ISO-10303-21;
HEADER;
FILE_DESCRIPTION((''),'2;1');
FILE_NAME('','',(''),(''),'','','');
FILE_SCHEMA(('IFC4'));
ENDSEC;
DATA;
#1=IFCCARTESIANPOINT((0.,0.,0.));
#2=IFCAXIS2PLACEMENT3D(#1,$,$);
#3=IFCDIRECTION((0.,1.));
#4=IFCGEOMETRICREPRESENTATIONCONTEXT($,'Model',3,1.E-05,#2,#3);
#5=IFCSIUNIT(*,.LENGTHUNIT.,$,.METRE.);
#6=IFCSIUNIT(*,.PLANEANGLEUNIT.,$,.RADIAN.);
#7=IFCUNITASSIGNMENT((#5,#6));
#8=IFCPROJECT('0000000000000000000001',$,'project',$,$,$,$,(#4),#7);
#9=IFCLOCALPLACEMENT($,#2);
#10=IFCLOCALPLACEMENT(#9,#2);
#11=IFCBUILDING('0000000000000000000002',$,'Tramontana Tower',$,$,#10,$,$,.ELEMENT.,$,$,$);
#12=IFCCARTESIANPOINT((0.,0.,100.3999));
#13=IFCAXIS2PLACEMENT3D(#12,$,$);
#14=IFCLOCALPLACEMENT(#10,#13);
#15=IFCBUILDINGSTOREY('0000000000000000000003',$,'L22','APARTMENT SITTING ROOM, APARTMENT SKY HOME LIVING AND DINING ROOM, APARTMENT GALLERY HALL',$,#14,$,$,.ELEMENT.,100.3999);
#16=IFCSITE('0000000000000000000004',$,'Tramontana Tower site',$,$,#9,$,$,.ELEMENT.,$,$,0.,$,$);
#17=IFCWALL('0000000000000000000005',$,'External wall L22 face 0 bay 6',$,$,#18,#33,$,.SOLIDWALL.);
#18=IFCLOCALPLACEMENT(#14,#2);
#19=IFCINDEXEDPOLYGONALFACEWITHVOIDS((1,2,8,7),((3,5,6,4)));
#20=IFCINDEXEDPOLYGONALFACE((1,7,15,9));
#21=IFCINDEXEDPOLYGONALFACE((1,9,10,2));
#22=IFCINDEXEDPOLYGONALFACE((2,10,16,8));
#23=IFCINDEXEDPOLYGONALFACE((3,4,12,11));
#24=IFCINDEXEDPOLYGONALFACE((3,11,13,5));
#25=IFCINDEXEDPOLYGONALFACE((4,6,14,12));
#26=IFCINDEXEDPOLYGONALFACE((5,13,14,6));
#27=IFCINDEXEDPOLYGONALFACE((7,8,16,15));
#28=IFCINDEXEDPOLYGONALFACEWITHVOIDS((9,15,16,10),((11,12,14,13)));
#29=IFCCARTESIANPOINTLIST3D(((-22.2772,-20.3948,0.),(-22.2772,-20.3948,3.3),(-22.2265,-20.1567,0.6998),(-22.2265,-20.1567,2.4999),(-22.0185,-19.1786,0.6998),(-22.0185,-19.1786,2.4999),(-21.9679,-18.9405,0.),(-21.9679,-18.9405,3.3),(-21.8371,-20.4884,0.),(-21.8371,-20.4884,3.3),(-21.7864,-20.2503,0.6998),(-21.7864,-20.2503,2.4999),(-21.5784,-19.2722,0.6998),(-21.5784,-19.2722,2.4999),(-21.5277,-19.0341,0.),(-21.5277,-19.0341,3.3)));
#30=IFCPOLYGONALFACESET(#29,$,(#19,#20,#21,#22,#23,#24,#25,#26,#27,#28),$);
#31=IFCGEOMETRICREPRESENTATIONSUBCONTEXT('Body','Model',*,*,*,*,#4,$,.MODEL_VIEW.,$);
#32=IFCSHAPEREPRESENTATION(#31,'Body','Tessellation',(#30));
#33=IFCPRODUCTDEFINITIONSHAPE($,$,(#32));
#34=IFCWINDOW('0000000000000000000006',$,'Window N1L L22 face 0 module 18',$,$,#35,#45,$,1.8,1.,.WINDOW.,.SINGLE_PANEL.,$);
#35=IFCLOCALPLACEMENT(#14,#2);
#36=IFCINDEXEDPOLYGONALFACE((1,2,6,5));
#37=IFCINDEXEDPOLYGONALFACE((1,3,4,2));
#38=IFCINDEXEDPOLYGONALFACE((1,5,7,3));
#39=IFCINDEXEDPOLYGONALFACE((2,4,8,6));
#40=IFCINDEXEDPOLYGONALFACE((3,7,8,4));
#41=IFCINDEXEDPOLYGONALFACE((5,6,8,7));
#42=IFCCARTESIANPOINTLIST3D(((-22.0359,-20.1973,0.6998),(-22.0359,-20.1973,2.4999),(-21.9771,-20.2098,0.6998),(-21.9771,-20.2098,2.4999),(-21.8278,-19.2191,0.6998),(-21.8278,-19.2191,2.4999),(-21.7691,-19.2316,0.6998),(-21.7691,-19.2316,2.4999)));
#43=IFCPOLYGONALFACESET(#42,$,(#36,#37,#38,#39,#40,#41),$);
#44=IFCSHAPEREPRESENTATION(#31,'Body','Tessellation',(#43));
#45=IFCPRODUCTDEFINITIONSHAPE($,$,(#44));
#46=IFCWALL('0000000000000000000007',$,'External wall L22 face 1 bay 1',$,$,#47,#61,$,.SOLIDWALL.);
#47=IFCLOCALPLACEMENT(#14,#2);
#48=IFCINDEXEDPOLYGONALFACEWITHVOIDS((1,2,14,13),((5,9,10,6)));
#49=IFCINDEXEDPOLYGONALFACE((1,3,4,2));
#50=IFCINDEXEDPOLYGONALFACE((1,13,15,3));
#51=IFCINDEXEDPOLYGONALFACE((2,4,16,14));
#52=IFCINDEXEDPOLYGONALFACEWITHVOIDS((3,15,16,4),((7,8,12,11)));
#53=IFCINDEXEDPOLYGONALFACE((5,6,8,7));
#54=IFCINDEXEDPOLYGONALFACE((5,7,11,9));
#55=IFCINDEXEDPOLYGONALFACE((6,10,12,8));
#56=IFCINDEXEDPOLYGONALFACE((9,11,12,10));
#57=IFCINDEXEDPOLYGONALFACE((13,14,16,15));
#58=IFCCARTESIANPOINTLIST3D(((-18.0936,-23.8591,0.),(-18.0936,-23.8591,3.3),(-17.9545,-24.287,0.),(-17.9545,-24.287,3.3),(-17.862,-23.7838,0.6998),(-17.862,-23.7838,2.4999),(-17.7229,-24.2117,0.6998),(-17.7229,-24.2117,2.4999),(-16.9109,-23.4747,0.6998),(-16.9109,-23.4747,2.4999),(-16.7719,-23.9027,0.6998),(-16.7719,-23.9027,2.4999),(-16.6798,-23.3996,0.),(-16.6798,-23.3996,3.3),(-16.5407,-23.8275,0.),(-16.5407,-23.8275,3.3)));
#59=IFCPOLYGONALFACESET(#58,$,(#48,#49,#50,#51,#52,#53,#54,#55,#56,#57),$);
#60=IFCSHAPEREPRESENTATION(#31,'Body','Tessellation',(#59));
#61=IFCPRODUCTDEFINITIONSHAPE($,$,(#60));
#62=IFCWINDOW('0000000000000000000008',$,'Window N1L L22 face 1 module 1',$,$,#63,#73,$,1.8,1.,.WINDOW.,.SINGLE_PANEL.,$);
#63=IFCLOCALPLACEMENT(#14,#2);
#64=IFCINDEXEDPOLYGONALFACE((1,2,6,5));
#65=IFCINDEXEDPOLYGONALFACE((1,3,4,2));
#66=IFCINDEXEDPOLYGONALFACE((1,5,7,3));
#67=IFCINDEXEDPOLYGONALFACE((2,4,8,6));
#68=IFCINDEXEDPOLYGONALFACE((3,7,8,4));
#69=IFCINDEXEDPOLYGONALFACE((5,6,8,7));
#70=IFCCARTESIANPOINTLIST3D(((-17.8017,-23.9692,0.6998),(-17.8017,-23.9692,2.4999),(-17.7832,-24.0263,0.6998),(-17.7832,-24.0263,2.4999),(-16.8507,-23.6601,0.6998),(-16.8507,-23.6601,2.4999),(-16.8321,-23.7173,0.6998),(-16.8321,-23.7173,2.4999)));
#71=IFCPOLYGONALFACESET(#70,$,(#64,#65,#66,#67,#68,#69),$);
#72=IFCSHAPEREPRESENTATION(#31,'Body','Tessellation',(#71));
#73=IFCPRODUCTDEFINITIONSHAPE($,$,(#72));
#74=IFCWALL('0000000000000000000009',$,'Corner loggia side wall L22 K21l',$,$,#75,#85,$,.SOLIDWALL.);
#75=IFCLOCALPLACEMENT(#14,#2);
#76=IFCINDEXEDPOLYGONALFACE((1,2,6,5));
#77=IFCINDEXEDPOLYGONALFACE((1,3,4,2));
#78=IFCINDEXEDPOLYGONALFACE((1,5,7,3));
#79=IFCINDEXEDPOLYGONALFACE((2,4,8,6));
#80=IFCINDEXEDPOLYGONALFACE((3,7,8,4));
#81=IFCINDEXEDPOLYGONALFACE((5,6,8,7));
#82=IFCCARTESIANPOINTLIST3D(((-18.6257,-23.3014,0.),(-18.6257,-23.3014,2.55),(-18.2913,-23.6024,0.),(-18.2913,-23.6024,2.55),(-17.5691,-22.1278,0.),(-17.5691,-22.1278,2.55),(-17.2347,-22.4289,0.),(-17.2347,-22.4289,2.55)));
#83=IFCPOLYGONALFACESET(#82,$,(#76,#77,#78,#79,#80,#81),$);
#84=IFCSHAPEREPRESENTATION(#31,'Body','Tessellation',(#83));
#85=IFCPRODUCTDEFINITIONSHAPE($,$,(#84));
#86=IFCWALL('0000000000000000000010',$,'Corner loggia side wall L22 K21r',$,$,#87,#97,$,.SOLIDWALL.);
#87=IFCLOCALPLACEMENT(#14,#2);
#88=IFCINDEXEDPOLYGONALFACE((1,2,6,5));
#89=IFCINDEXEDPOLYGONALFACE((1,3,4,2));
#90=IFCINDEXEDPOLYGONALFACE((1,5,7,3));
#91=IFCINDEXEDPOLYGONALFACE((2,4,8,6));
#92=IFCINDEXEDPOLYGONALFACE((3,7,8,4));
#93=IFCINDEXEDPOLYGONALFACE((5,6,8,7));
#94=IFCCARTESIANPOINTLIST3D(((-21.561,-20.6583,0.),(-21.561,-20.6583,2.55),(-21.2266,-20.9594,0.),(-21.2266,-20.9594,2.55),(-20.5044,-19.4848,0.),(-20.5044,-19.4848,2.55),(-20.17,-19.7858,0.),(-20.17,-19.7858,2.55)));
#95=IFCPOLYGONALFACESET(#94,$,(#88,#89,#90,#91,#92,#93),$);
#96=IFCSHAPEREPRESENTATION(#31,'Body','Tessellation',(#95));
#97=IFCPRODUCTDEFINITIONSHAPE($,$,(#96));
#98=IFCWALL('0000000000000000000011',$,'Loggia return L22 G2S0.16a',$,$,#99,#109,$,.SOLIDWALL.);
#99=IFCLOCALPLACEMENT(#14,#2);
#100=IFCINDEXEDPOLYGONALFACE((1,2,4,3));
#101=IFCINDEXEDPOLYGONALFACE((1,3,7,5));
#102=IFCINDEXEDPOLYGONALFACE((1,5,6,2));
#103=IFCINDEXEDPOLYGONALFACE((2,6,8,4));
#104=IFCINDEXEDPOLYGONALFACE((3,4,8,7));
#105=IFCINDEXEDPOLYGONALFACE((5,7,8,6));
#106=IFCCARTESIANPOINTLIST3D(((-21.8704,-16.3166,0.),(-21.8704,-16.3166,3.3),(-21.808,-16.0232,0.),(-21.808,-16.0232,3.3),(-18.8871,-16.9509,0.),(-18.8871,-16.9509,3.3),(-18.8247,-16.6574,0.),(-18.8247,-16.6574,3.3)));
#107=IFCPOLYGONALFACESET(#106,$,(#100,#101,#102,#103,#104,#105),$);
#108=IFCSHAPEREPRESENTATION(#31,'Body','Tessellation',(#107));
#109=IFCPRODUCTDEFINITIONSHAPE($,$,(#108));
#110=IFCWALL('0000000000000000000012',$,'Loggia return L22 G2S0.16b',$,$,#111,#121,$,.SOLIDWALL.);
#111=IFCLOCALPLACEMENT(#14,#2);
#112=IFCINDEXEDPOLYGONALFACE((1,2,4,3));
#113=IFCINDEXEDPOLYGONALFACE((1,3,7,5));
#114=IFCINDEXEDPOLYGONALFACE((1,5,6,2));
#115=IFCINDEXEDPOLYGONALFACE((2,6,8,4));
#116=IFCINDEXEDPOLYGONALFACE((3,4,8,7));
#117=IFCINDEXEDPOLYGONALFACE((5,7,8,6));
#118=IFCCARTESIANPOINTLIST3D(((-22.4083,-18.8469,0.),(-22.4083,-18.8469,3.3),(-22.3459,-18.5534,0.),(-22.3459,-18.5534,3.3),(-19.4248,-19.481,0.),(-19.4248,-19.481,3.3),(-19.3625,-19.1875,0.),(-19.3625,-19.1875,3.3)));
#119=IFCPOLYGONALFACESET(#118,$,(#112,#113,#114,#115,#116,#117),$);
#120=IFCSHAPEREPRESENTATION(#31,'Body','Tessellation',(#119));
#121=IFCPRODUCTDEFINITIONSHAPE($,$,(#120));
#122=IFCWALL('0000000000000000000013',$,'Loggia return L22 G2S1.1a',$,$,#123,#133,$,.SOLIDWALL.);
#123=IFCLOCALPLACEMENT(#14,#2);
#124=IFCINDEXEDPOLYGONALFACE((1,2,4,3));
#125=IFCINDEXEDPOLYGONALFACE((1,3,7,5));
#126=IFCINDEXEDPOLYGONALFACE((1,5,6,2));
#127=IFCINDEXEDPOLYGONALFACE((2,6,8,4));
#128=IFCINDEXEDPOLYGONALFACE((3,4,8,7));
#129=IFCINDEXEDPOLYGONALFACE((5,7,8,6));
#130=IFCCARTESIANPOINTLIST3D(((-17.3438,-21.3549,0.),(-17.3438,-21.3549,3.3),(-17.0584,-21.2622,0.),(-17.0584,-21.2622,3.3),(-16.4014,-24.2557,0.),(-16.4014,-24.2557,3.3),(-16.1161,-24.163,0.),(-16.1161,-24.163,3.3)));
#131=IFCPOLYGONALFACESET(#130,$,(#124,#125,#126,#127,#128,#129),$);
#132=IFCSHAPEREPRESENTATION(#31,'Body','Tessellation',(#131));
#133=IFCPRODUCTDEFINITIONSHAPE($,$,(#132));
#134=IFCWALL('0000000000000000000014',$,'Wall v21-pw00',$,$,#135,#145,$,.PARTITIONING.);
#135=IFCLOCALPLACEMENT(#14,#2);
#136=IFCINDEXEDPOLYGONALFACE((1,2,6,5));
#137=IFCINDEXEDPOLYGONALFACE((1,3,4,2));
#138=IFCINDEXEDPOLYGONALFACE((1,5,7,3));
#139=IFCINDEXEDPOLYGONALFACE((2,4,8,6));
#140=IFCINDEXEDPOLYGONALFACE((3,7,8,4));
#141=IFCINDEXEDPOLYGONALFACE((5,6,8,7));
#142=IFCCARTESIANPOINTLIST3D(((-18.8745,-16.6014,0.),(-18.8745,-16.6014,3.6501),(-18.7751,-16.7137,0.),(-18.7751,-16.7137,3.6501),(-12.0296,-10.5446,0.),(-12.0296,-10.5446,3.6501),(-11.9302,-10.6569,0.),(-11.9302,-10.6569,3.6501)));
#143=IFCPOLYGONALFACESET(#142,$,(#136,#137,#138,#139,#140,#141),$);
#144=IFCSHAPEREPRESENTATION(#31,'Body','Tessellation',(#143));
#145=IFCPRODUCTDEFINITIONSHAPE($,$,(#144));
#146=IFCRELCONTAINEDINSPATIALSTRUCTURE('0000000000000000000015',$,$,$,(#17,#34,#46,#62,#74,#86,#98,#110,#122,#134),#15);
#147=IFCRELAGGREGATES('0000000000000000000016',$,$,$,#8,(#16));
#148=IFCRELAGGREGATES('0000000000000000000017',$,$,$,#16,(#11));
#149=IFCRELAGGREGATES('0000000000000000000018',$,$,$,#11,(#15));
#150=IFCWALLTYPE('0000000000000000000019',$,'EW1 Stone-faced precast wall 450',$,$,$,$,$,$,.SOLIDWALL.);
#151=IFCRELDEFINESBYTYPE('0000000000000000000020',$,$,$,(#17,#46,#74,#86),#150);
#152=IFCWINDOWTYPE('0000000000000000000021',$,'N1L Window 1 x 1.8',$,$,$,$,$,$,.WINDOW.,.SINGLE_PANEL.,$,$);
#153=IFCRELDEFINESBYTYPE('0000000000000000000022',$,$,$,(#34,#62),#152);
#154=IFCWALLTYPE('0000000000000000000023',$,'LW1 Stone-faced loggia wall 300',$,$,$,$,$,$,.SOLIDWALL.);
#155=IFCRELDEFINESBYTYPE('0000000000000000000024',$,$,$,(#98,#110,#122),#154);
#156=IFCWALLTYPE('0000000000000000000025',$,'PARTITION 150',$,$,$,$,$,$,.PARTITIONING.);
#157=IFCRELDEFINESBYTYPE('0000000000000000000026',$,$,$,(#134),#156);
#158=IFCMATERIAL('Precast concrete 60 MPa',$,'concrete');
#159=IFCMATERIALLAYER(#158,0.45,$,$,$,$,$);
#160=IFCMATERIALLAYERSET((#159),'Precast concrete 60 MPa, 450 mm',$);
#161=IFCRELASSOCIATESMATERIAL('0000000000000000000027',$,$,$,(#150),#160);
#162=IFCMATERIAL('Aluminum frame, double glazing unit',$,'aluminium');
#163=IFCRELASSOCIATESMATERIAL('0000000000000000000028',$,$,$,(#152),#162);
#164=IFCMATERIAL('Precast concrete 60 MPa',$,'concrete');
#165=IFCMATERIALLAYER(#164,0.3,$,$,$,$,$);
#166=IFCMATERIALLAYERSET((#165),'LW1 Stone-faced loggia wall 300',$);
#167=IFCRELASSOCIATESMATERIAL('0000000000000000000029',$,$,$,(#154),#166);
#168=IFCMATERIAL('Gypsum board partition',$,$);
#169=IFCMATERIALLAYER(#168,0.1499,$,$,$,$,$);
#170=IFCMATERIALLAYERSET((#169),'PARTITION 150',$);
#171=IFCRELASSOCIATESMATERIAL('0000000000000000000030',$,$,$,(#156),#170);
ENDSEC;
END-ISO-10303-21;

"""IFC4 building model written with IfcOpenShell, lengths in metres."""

from ifc_helpers import new_model, si_unit, direction, frame, frame_2d, origin, place, context, subcontext, project, spatial, rectangle, extrude, material, layer, layer_set, type_object, element, fill, save


model = new_model("IFC4")

# Units and contexts
model_context = context("Model", 3, precision=1e-05, world=origin(), true_north=direction((0.0, 1.0)))
body_context = subcontext(model_context, "Body", "Model", "MODEL_VIEW")
ifc_project = project(units=[si_unit("LENGTHUNIT", "METRE"), si_unit("PLANEANGLEUNIT", "RADIAN")], contexts=[model_context])

# Site, building, storey
site_placement = place(None, origin())
site = spatial("IfcSite", under=ifc_project, at=site_placement, Name="Tramontana Tower site", CompositionType="ELEMENT", RefElevation=0.0)
building_placement = place(site_placement, origin())
building = spatial("IfcBuilding", under=site, at=building_placement, Name="Tramontana Tower", CompositionType="ELEMENT")
storey_placement = place(building_placement, frame((0.0, 0.0, 100.3999)))
storey = spatial("IfcBuildingStorey", under=building, at=storey_placement, Name="L22", Description="APARTMENT SITTING ROOM, APARTMENT SKY HOME LIVING AND DINING ROOM, APARTMENT GALLERY HALL", CompositionType="ELEMENT", Elevation=100.3999)

# Walls, openings, windows
ifc_material_1 = material(Name="Precast concrete 60 MPa", Category="concrete")
ifc_layer_1 = layer(ifc_material_1, 0.45)
ifc_layer_set_1 = layer_set([ifc_layer_1], Name="Precast concrete 60 MPa, 450 mm")
wall_type_1 = type_object("IfcWallType", Name="EW1 Stone-faced precast wall 450", PredefinedType="SOLIDWALL", material=ifc_layer_set_1)
wall_1_placement = place(storey_placement, frame((-21.7478, -18.9873, 0.0), z_axis=(0.0, 0.0, 1.0), x_axis=(-0.208037, -0.978121, 0.0)))
wall_1 = element("IfcWall", 1, at=wall_1_placement, inside=storey, type_object=wall_type_1, Name="External wall L22 face 0 bay 6", PredefinedType="SOLIDWALL", context=body_context, shape_type="SweptSolid", body=[
    extrude(rectangle(XDim=1.4868, YDim=0.45, at=frame_2d((0.7434, 0.0))), origin(), (0.0, 0.0, 1.0), 3.3),
])
opening_1_placement = place(wall_1_placement, frame((0.2434, 0.0, 0.7)))
opening_1 = element("IfcOpeningElement", 2, at=opening_1_placement, cuts=wall_1, PredefinedType="OPENING", context=body_context, shape_type="SweptSolid", body=[
    extrude(rectangle(XDim=1.0, YDim=1.8, at=frame_2d((0.5, 0.8999))), frame((0.0, 0.2349, 0.0), z_axis=(0.0, -1.0, 0.0), x_axis=(1.0, 0.0, 0.0)), (0.0, 0.0, 1.0), 0.47),
])
ifc_material_2 = material(Name="Aluminum frame, double glazing unit", Category="aluminium")
window_type_1 = type_object("IfcWindowType", Name="N1L Window 1 x 1.8", PartitioningType="SINGLE_PANEL", PredefinedType="WINDOW", material=ifc_material_2)
window_1_placement = place(opening_1_placement, origin())
window_1 = element("IfcWindow", 3, at=window_1_placement, inside=storey, type_object=window_type_1, Name="Window N1L L22 face 0 module 18", OverallHeight=1.8, OverallWidth=1.0, PartitioningType="SINGLE_PANEL", PredefinedType="WINDOW", context=body_context, shape_type="SweptSolid", body=[
    extrude(rectangle(XDim=1.0, YDim=1.8, at=frame_2d((0.5, 0.8999))), frame((0.0, 0.03, 0.0), z_axis=(0.0, -1.0, 0.0), x_axis=(1.0, 0.0, 0.0)), (0.0, 0.0, 1.0), 0.0601),
])
fill(opening_1, window_1)
wall_2_placement = place(storey_placement, frame((-18.0239, -24.073, 0.0), z_axis=(0.0, 0.0, 1.0), x_axis=(0.951038, 0.309075, 0.0)))
wall_2 = element("IfcWall", 4, at=wall_2_placement, inside=storey, type_object=wall_type_1, Name="External wall L22 face 1 bay 1", PredefinedType="SOLIDWALL", context=body_context, shape_type="SweptSolid", body=[
    extrude(rectangle(XDim=1.4866, YDim=0.45, at=frame_2d((0.7432, 0.0))), origin(), (0.0, 0.0, 1.0), 3.3),
])
opening_2_placement = place(wall_2_placement, frame((0.2434, 0.0, 0.7)))
opening_2 = element("IfcOpeningElement", 5, at=opening_2_placement, cuts=wall_2, PredefinedType="OPENING", context=body_context, shape_type="SweptSolid", body=[
    extrude(rectangle(XDim=1.0, YDim=1.8, at=frame_2d((0.5, 0.8999))), frame((0.0, 0.2349, 0.0), z_axis=(0.0, -1.0, 0.0), x_axis=(1.0, 0.0, 0.0)), (0.0, 0.0, 1.0), 0.47),
])
window_2_placement = place(opening_2_placement, origin())
window_2 = element("IfcWindow", 6, at=window_2_placement, inside=storey, type_object=window_type_1, Name="Window N1L L22 face 1 module 1", OverallHeight=1.8, OverallWidth=1.0, PartitioningType="SINGLE_PANEL", PredefinedType="WINDOW", context=body_context, shape_type="SweptSolid", body=[
    extrude(rectangle(XDim=1.0, YDim=1.8, at=frame_2d((0.5, 0.8999))), frame((0.0, 0.03, 0.0), z_axis=(0.0, -1.0, 0.0), x_axis=(1.0, 0.0, 0.0)), (0.0, 0.0, 1.0), 0.0601),
])
fill(opening_2, window_2)

# Walls
for number, where, z_axis, x_axis, name in (
    (7, (-18.4585, -23.4519, 0.0), (0.0, 0.0, 1.0), (0.66911, 0.743163, 0.0), "Corner loggia side wall L22 K21l"),
    (8, (-21.3938, -20.8088, 0.0), (0.0, 0.0, 1.0), (0.66911, 0.743163, 0.0), "Corner loggia side wall L22 K21r"),
):
    element("IfcWall", number, at=place(storey_placement, frame(where, z_axis=z_axis, x_axis=x_axis)), inside=storey, type_object=wall_type_1, Name=name, PredefinedType="SOLIDWALL", context=body_context, shape_type="SweptSolid", body=[
        extrude(rectangle(XDim=1.5791, YDim=0.45, at=frame_2d((0.7896, 0.0))), origin(), (0.0, 0.0, 1.0), 2.55),
    ])

# Shared definitions
ifc_material_3 = material(Name="Precast concrete 60 MPa", Category="concrete")
ifc_layer_2 = layer(ifc_material_3, 0.3)
ifc_layer_set_2 = layer_set([ifc_layer_2], Name="LW1 Stone-faced loggia wall 300")
wall_type_2 = type_object("IfcWallType", Name="LW1 Stone-faced loggia wall 300", PredefinedType="SOLIDWALL", material=ifc_layer_set_2)

# Walls
for number, where, z_axis, x_axis, name in (
    (9, (-21.8391, -16.1699, 0.0), (0.0, 0.0, 1.0), (0.978139, -0.207954, 0.0), "Loggia return L22 G2S0.16a"),
    (10, (-22.377, -18.7002, 0.0), (0.0, 0.0, 1.0), (0.978155, -0.207878, 0.0), "Loggia return L22 G2S0.16b"),
):
    element("IfcWall", number, at=place(storey_placement, frame(where, z_axis=z_axis, x_axis=x_axis)), inside=storey, type_object=wall_type_2, Name=name, PredefinedType="SOLIDWALL", context=body_context, shape_type="SweptSolid", body=[
        extrude(rectangle(XDim=3.05, YDim=0.3, at=frame_2d((1.5249, 0.0))), origin(), (0.0, 0.0, 1.0), 3.3),
    ])

# Walls
wall_3_placement = place(storey_placement, frame((-16.2588, -24.2092, 0.0), z_axis=(0.0, 0.0, 1.0), x_axis=(-0.308967, 0.951073, 0.0)))
element("IfcWall", 11, at=wall_3_placement, inside=storey, type_object=wall_type_2, Name="Loggia return L22 G2S1.1a", PredefinedType="SOLIDWALL", context=body_context, shape_type="SweptSolid", body=[
    extrude(rectangle(XDim=3.05, YDim=0.3, at=frame_2d((1.5249, 0.0))), origin(), (0.0, 0.0, 1.0), 3.3),
])
ifc_material_4 = material(Name="Gypsum board partition")
ifc_layer_3 = layer(ifc_material_4, 0.1499)
ifc_layer_set_3 = layer_set([ifc_layer_3], Name="PARTITION 150")
wall_type_3 = type_object("IfcWallType", Name="PARTITION 150", PredefinedType="PARTITIONING", material=ifc_layer_set_3)
wall_4_placement = place(storey_placement, frame((-18.8247, -16.6575, 0.0), z_axis=(0.0, 0.0, 1.0), x_axis=(0.748903, 0.662679, 0.0)))
element("IfcWall", 12, at=wall_4_placement, inside=storey, type_object=wall_type_3, Name="Wall v21-pw00", PredefinedType="PARTITIONING", context=body_context, shape_type="SweptSolid", body=[
    extrude(rectangle(XDim=9.1399, YDim=0.1499, at=frame_2d((4.5698, 0.0))), origin(), (0.0, 0.0, 1.0), 3.6501),
])

save(model, "model.ifc")
